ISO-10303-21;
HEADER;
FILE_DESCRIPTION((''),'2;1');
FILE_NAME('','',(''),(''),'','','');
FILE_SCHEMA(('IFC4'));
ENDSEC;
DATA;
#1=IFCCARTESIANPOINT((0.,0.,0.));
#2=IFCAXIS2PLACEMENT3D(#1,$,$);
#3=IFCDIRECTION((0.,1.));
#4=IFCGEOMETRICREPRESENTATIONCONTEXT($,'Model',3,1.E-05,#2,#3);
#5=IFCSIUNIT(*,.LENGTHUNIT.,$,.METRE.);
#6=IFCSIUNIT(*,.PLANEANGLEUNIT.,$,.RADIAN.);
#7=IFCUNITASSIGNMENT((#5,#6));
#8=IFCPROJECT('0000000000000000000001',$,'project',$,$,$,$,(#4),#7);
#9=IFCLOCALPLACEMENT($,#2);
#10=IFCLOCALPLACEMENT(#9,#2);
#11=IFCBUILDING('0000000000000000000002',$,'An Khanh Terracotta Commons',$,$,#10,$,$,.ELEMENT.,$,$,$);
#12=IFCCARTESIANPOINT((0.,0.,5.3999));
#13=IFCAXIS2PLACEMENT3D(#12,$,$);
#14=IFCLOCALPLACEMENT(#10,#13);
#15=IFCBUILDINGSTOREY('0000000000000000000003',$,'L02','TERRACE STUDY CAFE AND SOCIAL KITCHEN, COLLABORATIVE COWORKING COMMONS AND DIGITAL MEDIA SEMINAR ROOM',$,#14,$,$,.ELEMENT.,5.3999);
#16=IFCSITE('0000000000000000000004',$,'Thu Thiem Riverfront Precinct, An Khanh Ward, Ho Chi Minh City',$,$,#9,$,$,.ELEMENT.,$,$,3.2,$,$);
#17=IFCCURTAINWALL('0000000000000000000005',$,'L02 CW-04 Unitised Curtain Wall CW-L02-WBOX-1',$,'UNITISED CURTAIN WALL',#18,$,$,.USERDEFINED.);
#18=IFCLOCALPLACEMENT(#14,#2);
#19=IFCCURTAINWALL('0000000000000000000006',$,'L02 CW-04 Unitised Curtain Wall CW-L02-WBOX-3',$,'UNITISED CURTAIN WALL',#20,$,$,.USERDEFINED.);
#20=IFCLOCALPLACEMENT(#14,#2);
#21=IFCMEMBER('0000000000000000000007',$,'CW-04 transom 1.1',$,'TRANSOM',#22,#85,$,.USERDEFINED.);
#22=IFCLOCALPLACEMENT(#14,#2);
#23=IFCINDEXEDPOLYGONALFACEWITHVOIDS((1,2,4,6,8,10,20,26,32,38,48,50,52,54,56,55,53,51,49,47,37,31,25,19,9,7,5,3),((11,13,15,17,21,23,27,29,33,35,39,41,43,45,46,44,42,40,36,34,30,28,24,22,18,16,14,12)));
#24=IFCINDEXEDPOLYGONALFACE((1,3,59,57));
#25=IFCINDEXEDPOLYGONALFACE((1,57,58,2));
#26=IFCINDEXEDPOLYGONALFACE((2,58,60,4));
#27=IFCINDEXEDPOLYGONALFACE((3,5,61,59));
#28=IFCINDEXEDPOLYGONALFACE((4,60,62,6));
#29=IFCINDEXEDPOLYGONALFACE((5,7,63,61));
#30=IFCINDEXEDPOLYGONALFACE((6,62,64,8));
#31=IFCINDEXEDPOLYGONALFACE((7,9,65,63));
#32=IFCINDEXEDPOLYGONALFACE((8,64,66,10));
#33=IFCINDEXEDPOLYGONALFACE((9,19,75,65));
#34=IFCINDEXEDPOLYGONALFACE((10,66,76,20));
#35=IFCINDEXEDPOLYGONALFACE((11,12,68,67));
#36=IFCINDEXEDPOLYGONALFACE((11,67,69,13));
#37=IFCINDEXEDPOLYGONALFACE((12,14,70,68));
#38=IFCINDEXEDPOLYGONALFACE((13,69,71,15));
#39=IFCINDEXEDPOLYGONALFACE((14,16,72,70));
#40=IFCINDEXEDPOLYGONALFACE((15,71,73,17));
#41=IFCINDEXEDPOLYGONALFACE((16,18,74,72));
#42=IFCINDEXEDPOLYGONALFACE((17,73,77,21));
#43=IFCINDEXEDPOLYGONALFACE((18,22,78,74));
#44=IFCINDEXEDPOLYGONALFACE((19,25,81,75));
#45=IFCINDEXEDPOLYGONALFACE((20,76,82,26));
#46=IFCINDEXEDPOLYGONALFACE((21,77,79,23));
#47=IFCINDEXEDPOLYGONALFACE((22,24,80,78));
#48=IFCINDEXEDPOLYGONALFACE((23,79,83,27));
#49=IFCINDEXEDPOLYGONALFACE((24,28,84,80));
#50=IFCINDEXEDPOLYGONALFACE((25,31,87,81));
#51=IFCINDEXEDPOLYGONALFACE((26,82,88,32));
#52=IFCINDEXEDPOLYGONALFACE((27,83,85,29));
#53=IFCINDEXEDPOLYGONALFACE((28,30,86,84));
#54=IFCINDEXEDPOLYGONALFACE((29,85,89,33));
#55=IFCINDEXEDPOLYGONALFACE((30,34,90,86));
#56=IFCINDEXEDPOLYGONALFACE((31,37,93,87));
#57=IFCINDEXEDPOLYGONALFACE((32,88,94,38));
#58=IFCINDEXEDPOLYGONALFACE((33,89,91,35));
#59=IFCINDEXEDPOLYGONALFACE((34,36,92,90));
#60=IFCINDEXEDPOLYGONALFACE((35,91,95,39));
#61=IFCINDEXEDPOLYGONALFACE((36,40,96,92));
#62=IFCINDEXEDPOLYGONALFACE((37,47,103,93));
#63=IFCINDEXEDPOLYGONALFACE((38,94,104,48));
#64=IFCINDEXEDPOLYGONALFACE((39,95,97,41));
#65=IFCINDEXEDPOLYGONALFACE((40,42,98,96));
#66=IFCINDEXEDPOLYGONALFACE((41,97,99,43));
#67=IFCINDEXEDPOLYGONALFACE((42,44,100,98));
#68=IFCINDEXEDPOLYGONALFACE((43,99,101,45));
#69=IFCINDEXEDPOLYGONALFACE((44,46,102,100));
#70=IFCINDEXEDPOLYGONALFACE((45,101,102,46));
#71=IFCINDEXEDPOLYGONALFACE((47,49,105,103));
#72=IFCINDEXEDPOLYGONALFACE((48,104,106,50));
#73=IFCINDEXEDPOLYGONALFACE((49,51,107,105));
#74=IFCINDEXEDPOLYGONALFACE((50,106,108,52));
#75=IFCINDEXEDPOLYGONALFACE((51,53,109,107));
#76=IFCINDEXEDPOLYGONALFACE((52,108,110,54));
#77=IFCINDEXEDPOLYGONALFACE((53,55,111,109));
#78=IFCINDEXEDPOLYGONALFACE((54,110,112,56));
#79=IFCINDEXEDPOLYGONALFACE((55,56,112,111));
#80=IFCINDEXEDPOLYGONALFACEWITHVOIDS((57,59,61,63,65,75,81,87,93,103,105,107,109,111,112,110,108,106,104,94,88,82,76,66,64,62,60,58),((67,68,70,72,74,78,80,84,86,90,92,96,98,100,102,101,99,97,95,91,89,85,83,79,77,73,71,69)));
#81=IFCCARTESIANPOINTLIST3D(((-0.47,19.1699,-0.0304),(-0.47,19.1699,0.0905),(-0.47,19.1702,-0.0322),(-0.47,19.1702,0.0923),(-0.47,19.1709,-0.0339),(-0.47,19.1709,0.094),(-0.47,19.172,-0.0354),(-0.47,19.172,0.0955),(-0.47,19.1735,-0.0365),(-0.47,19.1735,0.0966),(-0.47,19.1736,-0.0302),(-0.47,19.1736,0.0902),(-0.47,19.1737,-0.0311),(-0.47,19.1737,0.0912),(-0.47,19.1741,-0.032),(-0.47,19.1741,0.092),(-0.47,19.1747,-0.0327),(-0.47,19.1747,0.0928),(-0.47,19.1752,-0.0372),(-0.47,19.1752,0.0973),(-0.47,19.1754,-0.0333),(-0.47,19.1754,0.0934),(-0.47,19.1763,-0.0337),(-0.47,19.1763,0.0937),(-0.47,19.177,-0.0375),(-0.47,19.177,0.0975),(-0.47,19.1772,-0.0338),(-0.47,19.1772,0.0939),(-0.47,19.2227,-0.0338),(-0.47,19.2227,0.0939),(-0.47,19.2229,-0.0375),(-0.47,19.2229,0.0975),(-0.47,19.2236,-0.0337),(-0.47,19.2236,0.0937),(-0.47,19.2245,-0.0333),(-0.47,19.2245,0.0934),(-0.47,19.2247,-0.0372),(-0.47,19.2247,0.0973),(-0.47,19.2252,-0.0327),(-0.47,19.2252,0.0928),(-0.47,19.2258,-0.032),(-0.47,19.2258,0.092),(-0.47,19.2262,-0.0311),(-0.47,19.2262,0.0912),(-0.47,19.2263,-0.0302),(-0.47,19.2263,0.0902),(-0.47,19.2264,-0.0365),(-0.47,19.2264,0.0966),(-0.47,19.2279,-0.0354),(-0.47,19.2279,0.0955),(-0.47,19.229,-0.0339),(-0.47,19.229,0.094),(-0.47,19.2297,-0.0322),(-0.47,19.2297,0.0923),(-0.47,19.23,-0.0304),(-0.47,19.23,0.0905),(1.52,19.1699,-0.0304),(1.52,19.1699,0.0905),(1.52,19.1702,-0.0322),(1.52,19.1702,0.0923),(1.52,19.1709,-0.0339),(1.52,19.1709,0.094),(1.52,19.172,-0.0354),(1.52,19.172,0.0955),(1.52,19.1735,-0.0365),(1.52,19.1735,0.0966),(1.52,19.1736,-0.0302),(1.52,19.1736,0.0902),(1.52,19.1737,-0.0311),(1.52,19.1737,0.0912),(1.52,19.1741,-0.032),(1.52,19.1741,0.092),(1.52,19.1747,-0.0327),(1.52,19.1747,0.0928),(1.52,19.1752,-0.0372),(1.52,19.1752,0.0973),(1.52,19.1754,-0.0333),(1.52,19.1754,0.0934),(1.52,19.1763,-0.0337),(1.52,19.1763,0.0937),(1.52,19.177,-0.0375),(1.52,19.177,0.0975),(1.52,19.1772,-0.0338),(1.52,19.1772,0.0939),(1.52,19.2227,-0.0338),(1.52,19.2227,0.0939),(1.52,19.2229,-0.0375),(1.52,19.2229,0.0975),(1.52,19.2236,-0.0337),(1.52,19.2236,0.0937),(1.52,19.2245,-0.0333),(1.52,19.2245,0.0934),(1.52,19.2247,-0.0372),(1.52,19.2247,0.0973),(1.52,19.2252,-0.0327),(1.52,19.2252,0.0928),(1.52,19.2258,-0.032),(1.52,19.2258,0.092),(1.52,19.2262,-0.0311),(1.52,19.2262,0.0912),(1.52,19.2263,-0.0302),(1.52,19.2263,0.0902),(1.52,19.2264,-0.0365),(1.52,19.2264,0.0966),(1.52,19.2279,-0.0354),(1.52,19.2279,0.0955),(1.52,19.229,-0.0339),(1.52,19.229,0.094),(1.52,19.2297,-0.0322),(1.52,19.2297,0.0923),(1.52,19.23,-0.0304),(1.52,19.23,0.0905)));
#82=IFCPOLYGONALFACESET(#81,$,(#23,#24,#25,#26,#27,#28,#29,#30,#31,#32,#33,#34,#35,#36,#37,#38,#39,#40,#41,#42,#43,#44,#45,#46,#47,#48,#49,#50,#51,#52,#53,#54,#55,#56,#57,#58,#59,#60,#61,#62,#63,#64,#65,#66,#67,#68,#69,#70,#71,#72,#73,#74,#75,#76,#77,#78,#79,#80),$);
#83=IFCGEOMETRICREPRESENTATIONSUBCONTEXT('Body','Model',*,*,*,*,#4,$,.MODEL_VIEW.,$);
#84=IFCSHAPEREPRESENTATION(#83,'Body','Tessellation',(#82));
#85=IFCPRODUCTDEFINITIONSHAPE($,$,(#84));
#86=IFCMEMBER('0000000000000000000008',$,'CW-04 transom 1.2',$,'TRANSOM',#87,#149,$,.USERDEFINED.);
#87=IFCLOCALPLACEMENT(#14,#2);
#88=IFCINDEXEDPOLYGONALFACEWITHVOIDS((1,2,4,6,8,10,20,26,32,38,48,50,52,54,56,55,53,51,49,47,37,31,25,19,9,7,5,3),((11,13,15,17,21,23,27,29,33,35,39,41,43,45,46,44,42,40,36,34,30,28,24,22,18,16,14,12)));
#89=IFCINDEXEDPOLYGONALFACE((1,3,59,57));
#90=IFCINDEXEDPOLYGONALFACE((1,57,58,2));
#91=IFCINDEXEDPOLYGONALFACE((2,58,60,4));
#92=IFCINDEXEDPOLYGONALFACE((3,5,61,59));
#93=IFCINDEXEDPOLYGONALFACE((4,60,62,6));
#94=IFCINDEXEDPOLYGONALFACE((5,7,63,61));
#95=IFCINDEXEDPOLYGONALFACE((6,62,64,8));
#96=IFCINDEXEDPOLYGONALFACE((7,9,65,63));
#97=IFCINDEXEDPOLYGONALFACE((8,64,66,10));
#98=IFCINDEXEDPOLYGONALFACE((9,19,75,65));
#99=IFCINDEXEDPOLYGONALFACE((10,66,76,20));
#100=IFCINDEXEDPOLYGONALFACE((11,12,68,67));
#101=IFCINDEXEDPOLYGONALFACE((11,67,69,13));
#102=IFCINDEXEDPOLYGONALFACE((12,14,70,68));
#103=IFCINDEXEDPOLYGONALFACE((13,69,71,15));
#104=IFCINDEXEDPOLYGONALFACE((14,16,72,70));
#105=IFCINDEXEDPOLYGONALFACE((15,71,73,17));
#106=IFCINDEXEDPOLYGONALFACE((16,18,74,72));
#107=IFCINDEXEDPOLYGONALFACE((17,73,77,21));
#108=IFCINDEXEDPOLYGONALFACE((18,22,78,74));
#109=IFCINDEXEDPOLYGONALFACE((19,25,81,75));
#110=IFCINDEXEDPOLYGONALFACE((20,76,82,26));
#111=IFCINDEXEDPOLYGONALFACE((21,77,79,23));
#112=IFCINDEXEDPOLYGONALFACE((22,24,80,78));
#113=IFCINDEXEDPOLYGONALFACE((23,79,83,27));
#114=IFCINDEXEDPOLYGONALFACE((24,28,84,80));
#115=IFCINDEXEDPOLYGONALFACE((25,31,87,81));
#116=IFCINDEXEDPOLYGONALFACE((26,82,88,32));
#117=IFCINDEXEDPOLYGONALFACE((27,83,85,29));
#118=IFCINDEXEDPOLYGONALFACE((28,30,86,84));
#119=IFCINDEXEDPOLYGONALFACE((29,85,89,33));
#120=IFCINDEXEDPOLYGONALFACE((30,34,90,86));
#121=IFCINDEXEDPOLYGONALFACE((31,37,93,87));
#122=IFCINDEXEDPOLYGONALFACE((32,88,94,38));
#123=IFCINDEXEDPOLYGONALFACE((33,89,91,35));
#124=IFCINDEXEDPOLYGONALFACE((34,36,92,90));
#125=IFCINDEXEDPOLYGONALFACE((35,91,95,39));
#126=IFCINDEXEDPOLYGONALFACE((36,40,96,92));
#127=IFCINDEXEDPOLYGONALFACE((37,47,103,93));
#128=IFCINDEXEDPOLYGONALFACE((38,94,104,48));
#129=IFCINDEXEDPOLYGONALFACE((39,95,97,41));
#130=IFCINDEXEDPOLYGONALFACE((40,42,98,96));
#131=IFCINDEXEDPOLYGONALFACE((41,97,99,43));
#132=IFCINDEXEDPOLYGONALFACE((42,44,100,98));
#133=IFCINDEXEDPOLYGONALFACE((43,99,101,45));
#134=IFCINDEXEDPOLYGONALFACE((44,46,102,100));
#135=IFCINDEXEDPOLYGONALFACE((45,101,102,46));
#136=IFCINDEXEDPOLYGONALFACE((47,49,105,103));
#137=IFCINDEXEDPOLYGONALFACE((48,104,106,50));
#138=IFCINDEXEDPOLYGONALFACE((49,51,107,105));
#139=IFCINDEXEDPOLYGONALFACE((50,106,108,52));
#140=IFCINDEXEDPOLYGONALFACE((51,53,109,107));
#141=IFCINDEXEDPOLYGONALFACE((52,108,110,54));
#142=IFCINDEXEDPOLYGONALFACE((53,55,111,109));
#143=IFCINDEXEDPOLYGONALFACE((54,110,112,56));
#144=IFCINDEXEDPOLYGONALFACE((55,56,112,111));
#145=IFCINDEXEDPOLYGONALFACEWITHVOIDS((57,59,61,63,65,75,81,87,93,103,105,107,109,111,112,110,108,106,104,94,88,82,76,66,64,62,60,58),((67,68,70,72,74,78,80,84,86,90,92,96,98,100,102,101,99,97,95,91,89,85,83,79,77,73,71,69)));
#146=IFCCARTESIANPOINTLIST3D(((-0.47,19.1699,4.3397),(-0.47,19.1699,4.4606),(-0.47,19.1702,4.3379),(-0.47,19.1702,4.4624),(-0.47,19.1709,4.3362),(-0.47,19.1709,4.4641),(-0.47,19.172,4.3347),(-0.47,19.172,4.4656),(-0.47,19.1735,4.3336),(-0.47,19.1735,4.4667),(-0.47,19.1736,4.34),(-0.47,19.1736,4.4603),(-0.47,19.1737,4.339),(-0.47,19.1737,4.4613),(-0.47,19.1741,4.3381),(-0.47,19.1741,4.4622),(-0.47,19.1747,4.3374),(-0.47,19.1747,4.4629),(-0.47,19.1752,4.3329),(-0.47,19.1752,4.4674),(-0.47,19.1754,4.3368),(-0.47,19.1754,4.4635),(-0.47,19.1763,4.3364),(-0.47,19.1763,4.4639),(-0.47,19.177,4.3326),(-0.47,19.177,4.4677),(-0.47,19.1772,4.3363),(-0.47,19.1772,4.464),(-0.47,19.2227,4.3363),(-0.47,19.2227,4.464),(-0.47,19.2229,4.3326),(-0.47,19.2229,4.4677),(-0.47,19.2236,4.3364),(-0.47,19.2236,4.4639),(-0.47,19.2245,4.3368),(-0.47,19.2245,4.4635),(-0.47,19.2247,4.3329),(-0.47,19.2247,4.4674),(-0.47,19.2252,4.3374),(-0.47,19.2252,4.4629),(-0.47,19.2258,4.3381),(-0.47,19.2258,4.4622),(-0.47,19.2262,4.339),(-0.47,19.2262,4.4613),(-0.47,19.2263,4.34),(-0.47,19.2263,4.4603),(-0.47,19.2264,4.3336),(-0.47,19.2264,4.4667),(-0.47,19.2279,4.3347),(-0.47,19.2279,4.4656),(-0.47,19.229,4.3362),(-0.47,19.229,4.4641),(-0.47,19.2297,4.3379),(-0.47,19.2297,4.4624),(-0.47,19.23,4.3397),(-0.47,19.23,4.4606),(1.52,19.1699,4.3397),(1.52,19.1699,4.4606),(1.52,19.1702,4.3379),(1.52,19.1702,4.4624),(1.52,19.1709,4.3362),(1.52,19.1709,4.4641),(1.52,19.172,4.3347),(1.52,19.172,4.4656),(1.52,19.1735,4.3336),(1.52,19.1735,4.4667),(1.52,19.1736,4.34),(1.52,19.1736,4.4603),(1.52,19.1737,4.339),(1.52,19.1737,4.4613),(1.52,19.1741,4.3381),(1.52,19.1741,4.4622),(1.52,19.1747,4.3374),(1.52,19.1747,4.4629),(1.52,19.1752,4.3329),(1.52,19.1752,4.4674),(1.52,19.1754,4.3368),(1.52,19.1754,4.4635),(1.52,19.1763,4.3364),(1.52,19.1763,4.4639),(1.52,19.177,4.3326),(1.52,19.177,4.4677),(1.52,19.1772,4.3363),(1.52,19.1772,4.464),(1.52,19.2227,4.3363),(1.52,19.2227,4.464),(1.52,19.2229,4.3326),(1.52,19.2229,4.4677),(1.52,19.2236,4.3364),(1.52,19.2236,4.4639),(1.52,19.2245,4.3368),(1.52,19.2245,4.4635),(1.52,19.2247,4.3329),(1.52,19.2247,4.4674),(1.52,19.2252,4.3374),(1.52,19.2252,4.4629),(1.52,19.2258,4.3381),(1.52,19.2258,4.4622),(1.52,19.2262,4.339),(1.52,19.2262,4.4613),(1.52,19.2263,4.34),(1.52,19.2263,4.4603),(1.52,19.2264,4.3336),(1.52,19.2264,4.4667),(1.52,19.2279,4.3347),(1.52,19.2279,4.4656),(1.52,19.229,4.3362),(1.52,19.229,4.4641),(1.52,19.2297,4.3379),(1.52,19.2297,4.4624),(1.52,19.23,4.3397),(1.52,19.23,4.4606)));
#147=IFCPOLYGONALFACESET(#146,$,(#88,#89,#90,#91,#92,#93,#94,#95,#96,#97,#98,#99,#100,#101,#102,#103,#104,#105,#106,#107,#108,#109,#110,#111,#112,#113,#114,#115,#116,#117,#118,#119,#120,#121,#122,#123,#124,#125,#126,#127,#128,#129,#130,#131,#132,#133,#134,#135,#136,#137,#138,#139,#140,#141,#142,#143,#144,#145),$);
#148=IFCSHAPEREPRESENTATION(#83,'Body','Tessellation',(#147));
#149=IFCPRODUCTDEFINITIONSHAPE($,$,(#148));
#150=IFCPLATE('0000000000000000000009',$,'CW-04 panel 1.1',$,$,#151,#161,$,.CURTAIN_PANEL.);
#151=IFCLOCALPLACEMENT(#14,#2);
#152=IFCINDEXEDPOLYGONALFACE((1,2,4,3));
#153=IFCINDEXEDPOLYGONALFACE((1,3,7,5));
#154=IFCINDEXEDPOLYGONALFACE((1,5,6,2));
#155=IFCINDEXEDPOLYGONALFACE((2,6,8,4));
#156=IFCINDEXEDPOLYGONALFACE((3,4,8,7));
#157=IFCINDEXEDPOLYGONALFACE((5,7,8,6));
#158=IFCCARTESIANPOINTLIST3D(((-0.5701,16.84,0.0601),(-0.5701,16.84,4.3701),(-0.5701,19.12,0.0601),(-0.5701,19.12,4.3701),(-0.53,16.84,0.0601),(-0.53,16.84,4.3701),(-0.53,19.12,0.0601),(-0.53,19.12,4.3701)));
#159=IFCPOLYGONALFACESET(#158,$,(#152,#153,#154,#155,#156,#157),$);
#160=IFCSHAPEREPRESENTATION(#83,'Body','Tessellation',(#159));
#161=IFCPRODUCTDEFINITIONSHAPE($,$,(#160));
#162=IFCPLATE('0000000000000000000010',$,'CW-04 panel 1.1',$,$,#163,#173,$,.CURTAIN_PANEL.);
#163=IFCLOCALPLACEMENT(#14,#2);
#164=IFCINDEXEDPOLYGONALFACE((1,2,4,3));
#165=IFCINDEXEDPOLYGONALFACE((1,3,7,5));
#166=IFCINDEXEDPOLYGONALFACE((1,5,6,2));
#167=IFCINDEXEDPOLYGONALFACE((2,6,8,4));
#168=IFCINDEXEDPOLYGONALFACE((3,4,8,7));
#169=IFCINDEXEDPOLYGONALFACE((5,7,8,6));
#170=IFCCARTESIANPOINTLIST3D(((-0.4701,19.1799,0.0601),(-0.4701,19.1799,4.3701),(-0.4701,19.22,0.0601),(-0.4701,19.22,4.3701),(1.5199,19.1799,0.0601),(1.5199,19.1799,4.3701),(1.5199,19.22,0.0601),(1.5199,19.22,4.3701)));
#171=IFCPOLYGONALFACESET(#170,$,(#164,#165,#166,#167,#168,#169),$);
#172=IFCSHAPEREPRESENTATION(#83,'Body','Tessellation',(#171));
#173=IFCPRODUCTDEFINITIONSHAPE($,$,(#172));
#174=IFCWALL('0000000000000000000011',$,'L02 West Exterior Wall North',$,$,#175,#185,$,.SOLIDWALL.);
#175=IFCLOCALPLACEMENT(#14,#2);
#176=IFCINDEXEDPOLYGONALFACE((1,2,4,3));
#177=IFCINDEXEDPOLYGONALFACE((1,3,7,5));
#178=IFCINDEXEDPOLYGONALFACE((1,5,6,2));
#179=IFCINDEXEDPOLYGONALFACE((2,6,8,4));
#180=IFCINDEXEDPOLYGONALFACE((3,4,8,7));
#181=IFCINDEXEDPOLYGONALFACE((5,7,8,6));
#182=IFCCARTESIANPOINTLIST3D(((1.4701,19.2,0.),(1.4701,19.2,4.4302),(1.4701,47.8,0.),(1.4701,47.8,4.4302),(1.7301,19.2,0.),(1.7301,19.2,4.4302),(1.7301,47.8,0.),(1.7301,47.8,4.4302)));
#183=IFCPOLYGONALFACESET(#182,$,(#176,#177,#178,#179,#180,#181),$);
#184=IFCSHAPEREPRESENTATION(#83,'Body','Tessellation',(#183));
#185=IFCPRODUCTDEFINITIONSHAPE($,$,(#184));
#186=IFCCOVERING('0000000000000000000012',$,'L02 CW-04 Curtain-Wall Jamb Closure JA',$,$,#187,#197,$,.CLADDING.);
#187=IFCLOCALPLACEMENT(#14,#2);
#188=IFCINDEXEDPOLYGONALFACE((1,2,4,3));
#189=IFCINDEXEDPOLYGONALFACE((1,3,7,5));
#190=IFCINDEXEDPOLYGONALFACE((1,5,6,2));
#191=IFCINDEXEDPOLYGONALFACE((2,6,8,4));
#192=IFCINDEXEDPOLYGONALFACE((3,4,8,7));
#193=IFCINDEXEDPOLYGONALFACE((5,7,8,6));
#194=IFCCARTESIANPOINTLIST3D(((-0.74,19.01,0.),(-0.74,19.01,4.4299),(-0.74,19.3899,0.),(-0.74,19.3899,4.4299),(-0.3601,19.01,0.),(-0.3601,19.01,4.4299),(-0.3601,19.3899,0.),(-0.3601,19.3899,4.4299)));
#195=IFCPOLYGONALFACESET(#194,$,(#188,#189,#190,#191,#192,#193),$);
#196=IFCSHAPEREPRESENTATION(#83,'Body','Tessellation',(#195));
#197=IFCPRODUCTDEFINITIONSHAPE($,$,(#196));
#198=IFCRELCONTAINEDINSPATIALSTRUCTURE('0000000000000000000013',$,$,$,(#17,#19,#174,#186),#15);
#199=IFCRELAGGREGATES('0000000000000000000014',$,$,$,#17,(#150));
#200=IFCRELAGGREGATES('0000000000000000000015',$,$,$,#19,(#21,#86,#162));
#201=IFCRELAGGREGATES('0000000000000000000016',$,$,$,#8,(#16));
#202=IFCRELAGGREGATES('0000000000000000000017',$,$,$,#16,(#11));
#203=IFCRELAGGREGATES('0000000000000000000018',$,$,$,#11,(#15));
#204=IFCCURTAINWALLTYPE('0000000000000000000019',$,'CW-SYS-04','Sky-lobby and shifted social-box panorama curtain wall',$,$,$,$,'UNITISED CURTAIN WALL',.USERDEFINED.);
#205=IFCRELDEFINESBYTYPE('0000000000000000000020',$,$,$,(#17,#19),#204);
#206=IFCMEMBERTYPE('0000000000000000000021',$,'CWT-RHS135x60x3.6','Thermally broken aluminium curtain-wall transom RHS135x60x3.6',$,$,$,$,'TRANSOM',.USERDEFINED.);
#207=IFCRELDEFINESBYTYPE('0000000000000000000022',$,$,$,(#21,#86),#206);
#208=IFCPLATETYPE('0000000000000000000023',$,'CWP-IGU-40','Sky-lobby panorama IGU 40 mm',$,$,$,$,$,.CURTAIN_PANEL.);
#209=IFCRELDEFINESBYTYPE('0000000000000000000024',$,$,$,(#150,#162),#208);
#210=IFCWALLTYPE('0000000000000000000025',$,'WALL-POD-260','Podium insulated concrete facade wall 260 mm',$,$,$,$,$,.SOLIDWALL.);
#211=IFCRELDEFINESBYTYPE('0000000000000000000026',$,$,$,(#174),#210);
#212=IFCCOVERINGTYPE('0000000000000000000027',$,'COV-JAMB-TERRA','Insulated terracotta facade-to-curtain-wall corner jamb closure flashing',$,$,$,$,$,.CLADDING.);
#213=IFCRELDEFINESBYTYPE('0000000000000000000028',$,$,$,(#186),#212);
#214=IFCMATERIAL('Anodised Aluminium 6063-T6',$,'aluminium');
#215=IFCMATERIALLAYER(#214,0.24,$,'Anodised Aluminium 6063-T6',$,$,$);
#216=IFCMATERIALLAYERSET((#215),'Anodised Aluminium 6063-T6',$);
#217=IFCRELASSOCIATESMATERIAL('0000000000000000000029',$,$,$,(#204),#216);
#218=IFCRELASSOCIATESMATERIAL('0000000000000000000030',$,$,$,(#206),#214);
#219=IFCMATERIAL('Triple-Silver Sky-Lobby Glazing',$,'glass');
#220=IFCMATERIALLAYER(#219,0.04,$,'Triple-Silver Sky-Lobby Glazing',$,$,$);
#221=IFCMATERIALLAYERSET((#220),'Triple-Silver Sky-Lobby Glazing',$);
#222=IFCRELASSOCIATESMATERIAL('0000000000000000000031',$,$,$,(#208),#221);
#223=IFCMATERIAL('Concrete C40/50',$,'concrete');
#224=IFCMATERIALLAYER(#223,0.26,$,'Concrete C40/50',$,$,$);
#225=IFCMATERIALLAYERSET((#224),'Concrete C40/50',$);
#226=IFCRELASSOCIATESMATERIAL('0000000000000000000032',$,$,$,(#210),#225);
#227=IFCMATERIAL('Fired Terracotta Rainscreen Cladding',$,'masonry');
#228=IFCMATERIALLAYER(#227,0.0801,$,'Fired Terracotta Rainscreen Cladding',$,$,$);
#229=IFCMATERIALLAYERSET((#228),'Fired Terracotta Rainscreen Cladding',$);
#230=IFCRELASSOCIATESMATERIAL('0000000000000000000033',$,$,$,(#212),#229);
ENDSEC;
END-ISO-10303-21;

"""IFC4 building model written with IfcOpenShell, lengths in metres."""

from ifc_helpers import new_model, si_unit, direction, frame, frame_2d, origin, origin_2d, place, context, subcontext, project, spatial, rectangle, hollow_rectangle, extrude, material, layer, layer_set, material_profile, profile_set, type_object, element, aggregate, save


model = new_model("IFC4")

# Units and contexts
model_context = context("Model", 3, precision=1e-05, world=origin(), true_north=direction((0.0, 1.0)))
body_context = subcontext(model_context, "Body", "Model", "MODEL_VIEW")
ifc_project = project(units=[si_unit("LENGTHUNIT", "METRE"), si_unit("PLANEANGLEUNIT", "RADIAN")], contexts=[model_context])

# Site, building, storey
site_placement = place(None, origin())
site = spatial("IfcSite", under=ifc_project, at=site_placement, Name="Thu Thiem Riverfront Precinct, An Khanh Ward, Ho Chi Minh City", CompositionType="ELEMENT", RefElevation=3.2)
building_placement = place(site_placement, origin())
building = spatial("IfcBuilding", under=site, at=building_placement, Name="An Khanh Terracotta Commons", CompositionType="ELEMENT")
storey_placement = place(building_placement, frame((0.0, 0.0, 5.3999)))
storey = spatial("IfcBuildingStorey", under=building, at=storey_placement, Name="L02", Description="TERRACE STUDY CAFE AND SOCIAL KITCHEN, COLLABORATIVE COWORKING COMMONS AND DIGITAL MEDIA SEMINAR ROOM", CompositionType="ELEMENT", Elevation=5.3999)

# Curtain walls
ifc_material_1 = material(Name="Anodised Aluminium 6063-T6", Category="aluminium")
ifc_layer_1 = layer(ifc_material_1, 0.24, Name="Anodised Aluminium 6063-T6")
ifc_layer_set_1 = layer_set([ifc_layer_1], Name="Anodised Aluminium 6063-T6")
curtain_wall_type = type_object("IfcCurtainWallType", Name="CW-SYS-04", Description="Sky-lobby and shifted social-box panorama curtain wall", ElementType="UNITISED CURTAIN WALL", PredefinedType="USERDEFINED", material=ifc_layer_set_1)
curtain_wall_1_placement = place(storey_placement, origin())
curtain_wall_1 = element("IfcCurtainWall", 1, at=curtain_wall_1_placement, inside=storey, type_object=curtain_wall_type, Name="L02 CW-04 Unitised Curtain Wall CW-L02-WBOX-1", ObjectType="UNITISED CURTAIN WALL", PredefinedType="USERDEFINED")
curtain_wall_2_placement = place(storey_placement, origin())
curtain_wall_2 = element("IfcCurtainWall", 2, at=curtain_wall_2_placement, inside=storey, type_object=curtain_wall_type, Name="L02 CW-04 Unitised Curtain Wall CW-L02-WBOX-3", ObjectType="UNITISED CURTAIN WALL", PredefinedType="USERDEFINED")

# Members
ifc_material_profile_1 = material_profile(ifc_material_1, hollow_rectangle(XDim=0.0601, YDim=0.135, WallThickness=0.0037, InnerFilletRadius=0.0037, OuterFilletRadius=0.0071, at=origin_2d()), Name="RHS135x60x3.6")
ifc_profile_set_1 = profile_set([ifc_material_profile_1], Name="Anodised Aluminium 6063-T6")
member_type_1 = type_object("IfcMemberType", Name="CWT-RHS135x60x3.6", Description="Thermally broken aluminium curtain-wall transom RHS135x60x3.6", ElementType="TRANSOM", PredefinedType="USERDEFINED", material=ifc_profile_set_1)
member_1_placement = place(storey_placement, frame((-0.47, 19.2, 0.03), z_axis=(1.0, 0.0, 0.0), x_axis=(0.0, 1.0, 0.0)))
member_1 = element("IfcMember", 3, at=member_1_placement, type_object=member_type_1, Name="CW-04 transom 1.1", ObjectType="TRANSOM", PredefinedType="USERDEFINED", context=body_context, shape_type="SweptSolid", body=[
    extrude(hollow_rectangle(XDim=0.0601, YDim=0.135, WallThickness=0.0037, InnerFilletRadius=0.0037, OuterFilletRadius=0.0071, at=origin_2d()), origin(), (0.0, 0.0, 1.0), 1.99),
])
member_2_placement = place(storey_placement, frame((-0.47, 19.2, 4.4001), z_axis=(1.0, 0.0, 0.0), x_axis=(0.0, 1.0, 0.0)))
member_2 = element("IfcMember", 4, at=member_2_placement, type_object=member_type_1, Name="CW-04 transom 1.2", ObjectType="TRANSOM", PredefinedType="USERDEFINED", context=body_context, shape_type="SweptSolid", body=[
    extrude(hollow_rectangle(XDim=0.0601, YDim=0.135, WallThickness=0.0037, InnerFilletRadius=0.0037, OuterFilletRadius=0.0071, at=origin_2d()), origin(), (0.0, 0.0, 1.0), 1.99),
])

# Plates
ifc_material_2 = material(Name="Triple-Silver Sky-Lobby Glazing", Category="glass")
ifc_layer_2 = layer(ifc_material_2, 0.04, Name="Triple-Silver Sky-Lobby Glazing")
ifc_layer_set_2 = layer_set([ifc_layer_2], Name="Triple-Silver Sky-Lobby Glazing")
plate_type = type_object("IfcPlateType", Name="CWP-IGU-40", Description="Sky-lobby panorama IGU 40 mm", PredefinedType="CURTAIN_PANEL", material=ifc_layer_set_2)
plate_1_placement = place(storey_placement, frame((-0.55, 17.98, 0.0601), z_axis=(0.0, 0.0, 1.0), x_axis=(0.0, -1.0, 0.0)))
plate_1 = element("IfcPlate", 5, at=plate_1_placement, type_object=plate_type, Name="CW-04 panel 1.1", PredefinedType="CURTAIN_PANEL", context=body_context, shape_type="SweptSolid", body=[
    extrude(rectangle(XDim=2.28, YDim=0.04, at=origin_2d()), origin(), (0.0, 0.0, 1.0), 4.3101),
])
aggregate(curtain_wall_1, [plate_1])
plate_2_placement = place(storey_placement, frame((0.5249, 19.2, 0.0601), z_axis=(0.0, 0.0, 1.0), x_axis=(1.0, 0.0, 0.0)))
plate_2 = element("IfcPlate", 6, at=plate_2_placement, type_object=plate_type, Name="CW-04 panel 1.1", PredefinedType="CURTAIN_PANEL", context=body_context, shape_type="SweptSolid", body=[
    extrude(rectangle(XDim=1.99, YDim=0.04, at=origin_2d()), origin(), (0.0, 0.0, 1.0), 4.3101),
])
aggregate(curtain_wall_2, [member_1, member_2, plate_2])

# Wall
ifc_material_3 = material(Name="Concrete C40/50", Category="concrete")
ifc_layer_3 = layer(ifc_material_3, 0.26, Name="Concrete C40/50")
ifc_layer_set_3 = layer_set([ifc_layer_3], Name="Concrete C40/50")
wall_type = type_object("IfcWallType", Name="WALL-POD-260", Description="Podium insulated concrete facade wall 260 mm", PredefinedType="SOLIDWALL", material=ifc_layer_set_3)
wall_placement = place(storey_placement, frame((1.6001, 19.2, 0.0), z_axis=(0.0, 0.0, 1.0), x_axis=(0.0, 1.0, 0.0)))
element("IfcWall", 7, at=wall_placement, inside=storey, type_object=wall_type, Name="L02 West Exterior Wall North", PredefinedType="SOLIDWALL", context=body_context, shape_type="SweptSolid", body=[
    extrude(rectangle(XDim=28.6001, YDim=0.26, at=frame_2d((14.3, 0.0))), origin(), (0.0, 0.0, 1.0), 4.4302),
])

# Covering
ifc_material_4 = material(Name="Fired Terracotta Rainscreen Cladding", Category="masonry")
ifc_layer_4 = layer(ifc_material_4, 0.0801, Name="Fired Terracotta Rainscreen Cladding")
ifc_layer_set_4 = layer_set([ifc_layer_4], Name="Fired Terracotta Rainscreen Cladding")
covering_type = type_object("IfcCoveringType", Name="COV-JAMB-TERRA", Description="Insulated terracotta facade-to-curtain-wall corner jamb closure flashing", PredefinedType="CLADDING", material=ifc_layer_set_4)
for number, where, z_axis, x_axis, name in (
    (8, (-0.55, 19.2, 0.0), (0.0, 0.0, 1.0), (1.0, 0.0, 0.0), "L02 CW-04 Curtain-Wall Jamb Closure JA"),
):
    element("IfcCovering", number, at=place(storey_placement, frame(where, z_axis=z_axis, x_axis=x_axis)), inside=storey, type_object=covering_type, Name=name, PredefinedType="CLADDING", context=body_context, shape_type="SweptSolid", body=[
        extrude(rectangle(XDim=0.3799, YDim=0.3799, at=origin_2d()), origin(), (0.0, 0.0, 1.0), 4.4299),
    ])

save(model, "model.ifc")
